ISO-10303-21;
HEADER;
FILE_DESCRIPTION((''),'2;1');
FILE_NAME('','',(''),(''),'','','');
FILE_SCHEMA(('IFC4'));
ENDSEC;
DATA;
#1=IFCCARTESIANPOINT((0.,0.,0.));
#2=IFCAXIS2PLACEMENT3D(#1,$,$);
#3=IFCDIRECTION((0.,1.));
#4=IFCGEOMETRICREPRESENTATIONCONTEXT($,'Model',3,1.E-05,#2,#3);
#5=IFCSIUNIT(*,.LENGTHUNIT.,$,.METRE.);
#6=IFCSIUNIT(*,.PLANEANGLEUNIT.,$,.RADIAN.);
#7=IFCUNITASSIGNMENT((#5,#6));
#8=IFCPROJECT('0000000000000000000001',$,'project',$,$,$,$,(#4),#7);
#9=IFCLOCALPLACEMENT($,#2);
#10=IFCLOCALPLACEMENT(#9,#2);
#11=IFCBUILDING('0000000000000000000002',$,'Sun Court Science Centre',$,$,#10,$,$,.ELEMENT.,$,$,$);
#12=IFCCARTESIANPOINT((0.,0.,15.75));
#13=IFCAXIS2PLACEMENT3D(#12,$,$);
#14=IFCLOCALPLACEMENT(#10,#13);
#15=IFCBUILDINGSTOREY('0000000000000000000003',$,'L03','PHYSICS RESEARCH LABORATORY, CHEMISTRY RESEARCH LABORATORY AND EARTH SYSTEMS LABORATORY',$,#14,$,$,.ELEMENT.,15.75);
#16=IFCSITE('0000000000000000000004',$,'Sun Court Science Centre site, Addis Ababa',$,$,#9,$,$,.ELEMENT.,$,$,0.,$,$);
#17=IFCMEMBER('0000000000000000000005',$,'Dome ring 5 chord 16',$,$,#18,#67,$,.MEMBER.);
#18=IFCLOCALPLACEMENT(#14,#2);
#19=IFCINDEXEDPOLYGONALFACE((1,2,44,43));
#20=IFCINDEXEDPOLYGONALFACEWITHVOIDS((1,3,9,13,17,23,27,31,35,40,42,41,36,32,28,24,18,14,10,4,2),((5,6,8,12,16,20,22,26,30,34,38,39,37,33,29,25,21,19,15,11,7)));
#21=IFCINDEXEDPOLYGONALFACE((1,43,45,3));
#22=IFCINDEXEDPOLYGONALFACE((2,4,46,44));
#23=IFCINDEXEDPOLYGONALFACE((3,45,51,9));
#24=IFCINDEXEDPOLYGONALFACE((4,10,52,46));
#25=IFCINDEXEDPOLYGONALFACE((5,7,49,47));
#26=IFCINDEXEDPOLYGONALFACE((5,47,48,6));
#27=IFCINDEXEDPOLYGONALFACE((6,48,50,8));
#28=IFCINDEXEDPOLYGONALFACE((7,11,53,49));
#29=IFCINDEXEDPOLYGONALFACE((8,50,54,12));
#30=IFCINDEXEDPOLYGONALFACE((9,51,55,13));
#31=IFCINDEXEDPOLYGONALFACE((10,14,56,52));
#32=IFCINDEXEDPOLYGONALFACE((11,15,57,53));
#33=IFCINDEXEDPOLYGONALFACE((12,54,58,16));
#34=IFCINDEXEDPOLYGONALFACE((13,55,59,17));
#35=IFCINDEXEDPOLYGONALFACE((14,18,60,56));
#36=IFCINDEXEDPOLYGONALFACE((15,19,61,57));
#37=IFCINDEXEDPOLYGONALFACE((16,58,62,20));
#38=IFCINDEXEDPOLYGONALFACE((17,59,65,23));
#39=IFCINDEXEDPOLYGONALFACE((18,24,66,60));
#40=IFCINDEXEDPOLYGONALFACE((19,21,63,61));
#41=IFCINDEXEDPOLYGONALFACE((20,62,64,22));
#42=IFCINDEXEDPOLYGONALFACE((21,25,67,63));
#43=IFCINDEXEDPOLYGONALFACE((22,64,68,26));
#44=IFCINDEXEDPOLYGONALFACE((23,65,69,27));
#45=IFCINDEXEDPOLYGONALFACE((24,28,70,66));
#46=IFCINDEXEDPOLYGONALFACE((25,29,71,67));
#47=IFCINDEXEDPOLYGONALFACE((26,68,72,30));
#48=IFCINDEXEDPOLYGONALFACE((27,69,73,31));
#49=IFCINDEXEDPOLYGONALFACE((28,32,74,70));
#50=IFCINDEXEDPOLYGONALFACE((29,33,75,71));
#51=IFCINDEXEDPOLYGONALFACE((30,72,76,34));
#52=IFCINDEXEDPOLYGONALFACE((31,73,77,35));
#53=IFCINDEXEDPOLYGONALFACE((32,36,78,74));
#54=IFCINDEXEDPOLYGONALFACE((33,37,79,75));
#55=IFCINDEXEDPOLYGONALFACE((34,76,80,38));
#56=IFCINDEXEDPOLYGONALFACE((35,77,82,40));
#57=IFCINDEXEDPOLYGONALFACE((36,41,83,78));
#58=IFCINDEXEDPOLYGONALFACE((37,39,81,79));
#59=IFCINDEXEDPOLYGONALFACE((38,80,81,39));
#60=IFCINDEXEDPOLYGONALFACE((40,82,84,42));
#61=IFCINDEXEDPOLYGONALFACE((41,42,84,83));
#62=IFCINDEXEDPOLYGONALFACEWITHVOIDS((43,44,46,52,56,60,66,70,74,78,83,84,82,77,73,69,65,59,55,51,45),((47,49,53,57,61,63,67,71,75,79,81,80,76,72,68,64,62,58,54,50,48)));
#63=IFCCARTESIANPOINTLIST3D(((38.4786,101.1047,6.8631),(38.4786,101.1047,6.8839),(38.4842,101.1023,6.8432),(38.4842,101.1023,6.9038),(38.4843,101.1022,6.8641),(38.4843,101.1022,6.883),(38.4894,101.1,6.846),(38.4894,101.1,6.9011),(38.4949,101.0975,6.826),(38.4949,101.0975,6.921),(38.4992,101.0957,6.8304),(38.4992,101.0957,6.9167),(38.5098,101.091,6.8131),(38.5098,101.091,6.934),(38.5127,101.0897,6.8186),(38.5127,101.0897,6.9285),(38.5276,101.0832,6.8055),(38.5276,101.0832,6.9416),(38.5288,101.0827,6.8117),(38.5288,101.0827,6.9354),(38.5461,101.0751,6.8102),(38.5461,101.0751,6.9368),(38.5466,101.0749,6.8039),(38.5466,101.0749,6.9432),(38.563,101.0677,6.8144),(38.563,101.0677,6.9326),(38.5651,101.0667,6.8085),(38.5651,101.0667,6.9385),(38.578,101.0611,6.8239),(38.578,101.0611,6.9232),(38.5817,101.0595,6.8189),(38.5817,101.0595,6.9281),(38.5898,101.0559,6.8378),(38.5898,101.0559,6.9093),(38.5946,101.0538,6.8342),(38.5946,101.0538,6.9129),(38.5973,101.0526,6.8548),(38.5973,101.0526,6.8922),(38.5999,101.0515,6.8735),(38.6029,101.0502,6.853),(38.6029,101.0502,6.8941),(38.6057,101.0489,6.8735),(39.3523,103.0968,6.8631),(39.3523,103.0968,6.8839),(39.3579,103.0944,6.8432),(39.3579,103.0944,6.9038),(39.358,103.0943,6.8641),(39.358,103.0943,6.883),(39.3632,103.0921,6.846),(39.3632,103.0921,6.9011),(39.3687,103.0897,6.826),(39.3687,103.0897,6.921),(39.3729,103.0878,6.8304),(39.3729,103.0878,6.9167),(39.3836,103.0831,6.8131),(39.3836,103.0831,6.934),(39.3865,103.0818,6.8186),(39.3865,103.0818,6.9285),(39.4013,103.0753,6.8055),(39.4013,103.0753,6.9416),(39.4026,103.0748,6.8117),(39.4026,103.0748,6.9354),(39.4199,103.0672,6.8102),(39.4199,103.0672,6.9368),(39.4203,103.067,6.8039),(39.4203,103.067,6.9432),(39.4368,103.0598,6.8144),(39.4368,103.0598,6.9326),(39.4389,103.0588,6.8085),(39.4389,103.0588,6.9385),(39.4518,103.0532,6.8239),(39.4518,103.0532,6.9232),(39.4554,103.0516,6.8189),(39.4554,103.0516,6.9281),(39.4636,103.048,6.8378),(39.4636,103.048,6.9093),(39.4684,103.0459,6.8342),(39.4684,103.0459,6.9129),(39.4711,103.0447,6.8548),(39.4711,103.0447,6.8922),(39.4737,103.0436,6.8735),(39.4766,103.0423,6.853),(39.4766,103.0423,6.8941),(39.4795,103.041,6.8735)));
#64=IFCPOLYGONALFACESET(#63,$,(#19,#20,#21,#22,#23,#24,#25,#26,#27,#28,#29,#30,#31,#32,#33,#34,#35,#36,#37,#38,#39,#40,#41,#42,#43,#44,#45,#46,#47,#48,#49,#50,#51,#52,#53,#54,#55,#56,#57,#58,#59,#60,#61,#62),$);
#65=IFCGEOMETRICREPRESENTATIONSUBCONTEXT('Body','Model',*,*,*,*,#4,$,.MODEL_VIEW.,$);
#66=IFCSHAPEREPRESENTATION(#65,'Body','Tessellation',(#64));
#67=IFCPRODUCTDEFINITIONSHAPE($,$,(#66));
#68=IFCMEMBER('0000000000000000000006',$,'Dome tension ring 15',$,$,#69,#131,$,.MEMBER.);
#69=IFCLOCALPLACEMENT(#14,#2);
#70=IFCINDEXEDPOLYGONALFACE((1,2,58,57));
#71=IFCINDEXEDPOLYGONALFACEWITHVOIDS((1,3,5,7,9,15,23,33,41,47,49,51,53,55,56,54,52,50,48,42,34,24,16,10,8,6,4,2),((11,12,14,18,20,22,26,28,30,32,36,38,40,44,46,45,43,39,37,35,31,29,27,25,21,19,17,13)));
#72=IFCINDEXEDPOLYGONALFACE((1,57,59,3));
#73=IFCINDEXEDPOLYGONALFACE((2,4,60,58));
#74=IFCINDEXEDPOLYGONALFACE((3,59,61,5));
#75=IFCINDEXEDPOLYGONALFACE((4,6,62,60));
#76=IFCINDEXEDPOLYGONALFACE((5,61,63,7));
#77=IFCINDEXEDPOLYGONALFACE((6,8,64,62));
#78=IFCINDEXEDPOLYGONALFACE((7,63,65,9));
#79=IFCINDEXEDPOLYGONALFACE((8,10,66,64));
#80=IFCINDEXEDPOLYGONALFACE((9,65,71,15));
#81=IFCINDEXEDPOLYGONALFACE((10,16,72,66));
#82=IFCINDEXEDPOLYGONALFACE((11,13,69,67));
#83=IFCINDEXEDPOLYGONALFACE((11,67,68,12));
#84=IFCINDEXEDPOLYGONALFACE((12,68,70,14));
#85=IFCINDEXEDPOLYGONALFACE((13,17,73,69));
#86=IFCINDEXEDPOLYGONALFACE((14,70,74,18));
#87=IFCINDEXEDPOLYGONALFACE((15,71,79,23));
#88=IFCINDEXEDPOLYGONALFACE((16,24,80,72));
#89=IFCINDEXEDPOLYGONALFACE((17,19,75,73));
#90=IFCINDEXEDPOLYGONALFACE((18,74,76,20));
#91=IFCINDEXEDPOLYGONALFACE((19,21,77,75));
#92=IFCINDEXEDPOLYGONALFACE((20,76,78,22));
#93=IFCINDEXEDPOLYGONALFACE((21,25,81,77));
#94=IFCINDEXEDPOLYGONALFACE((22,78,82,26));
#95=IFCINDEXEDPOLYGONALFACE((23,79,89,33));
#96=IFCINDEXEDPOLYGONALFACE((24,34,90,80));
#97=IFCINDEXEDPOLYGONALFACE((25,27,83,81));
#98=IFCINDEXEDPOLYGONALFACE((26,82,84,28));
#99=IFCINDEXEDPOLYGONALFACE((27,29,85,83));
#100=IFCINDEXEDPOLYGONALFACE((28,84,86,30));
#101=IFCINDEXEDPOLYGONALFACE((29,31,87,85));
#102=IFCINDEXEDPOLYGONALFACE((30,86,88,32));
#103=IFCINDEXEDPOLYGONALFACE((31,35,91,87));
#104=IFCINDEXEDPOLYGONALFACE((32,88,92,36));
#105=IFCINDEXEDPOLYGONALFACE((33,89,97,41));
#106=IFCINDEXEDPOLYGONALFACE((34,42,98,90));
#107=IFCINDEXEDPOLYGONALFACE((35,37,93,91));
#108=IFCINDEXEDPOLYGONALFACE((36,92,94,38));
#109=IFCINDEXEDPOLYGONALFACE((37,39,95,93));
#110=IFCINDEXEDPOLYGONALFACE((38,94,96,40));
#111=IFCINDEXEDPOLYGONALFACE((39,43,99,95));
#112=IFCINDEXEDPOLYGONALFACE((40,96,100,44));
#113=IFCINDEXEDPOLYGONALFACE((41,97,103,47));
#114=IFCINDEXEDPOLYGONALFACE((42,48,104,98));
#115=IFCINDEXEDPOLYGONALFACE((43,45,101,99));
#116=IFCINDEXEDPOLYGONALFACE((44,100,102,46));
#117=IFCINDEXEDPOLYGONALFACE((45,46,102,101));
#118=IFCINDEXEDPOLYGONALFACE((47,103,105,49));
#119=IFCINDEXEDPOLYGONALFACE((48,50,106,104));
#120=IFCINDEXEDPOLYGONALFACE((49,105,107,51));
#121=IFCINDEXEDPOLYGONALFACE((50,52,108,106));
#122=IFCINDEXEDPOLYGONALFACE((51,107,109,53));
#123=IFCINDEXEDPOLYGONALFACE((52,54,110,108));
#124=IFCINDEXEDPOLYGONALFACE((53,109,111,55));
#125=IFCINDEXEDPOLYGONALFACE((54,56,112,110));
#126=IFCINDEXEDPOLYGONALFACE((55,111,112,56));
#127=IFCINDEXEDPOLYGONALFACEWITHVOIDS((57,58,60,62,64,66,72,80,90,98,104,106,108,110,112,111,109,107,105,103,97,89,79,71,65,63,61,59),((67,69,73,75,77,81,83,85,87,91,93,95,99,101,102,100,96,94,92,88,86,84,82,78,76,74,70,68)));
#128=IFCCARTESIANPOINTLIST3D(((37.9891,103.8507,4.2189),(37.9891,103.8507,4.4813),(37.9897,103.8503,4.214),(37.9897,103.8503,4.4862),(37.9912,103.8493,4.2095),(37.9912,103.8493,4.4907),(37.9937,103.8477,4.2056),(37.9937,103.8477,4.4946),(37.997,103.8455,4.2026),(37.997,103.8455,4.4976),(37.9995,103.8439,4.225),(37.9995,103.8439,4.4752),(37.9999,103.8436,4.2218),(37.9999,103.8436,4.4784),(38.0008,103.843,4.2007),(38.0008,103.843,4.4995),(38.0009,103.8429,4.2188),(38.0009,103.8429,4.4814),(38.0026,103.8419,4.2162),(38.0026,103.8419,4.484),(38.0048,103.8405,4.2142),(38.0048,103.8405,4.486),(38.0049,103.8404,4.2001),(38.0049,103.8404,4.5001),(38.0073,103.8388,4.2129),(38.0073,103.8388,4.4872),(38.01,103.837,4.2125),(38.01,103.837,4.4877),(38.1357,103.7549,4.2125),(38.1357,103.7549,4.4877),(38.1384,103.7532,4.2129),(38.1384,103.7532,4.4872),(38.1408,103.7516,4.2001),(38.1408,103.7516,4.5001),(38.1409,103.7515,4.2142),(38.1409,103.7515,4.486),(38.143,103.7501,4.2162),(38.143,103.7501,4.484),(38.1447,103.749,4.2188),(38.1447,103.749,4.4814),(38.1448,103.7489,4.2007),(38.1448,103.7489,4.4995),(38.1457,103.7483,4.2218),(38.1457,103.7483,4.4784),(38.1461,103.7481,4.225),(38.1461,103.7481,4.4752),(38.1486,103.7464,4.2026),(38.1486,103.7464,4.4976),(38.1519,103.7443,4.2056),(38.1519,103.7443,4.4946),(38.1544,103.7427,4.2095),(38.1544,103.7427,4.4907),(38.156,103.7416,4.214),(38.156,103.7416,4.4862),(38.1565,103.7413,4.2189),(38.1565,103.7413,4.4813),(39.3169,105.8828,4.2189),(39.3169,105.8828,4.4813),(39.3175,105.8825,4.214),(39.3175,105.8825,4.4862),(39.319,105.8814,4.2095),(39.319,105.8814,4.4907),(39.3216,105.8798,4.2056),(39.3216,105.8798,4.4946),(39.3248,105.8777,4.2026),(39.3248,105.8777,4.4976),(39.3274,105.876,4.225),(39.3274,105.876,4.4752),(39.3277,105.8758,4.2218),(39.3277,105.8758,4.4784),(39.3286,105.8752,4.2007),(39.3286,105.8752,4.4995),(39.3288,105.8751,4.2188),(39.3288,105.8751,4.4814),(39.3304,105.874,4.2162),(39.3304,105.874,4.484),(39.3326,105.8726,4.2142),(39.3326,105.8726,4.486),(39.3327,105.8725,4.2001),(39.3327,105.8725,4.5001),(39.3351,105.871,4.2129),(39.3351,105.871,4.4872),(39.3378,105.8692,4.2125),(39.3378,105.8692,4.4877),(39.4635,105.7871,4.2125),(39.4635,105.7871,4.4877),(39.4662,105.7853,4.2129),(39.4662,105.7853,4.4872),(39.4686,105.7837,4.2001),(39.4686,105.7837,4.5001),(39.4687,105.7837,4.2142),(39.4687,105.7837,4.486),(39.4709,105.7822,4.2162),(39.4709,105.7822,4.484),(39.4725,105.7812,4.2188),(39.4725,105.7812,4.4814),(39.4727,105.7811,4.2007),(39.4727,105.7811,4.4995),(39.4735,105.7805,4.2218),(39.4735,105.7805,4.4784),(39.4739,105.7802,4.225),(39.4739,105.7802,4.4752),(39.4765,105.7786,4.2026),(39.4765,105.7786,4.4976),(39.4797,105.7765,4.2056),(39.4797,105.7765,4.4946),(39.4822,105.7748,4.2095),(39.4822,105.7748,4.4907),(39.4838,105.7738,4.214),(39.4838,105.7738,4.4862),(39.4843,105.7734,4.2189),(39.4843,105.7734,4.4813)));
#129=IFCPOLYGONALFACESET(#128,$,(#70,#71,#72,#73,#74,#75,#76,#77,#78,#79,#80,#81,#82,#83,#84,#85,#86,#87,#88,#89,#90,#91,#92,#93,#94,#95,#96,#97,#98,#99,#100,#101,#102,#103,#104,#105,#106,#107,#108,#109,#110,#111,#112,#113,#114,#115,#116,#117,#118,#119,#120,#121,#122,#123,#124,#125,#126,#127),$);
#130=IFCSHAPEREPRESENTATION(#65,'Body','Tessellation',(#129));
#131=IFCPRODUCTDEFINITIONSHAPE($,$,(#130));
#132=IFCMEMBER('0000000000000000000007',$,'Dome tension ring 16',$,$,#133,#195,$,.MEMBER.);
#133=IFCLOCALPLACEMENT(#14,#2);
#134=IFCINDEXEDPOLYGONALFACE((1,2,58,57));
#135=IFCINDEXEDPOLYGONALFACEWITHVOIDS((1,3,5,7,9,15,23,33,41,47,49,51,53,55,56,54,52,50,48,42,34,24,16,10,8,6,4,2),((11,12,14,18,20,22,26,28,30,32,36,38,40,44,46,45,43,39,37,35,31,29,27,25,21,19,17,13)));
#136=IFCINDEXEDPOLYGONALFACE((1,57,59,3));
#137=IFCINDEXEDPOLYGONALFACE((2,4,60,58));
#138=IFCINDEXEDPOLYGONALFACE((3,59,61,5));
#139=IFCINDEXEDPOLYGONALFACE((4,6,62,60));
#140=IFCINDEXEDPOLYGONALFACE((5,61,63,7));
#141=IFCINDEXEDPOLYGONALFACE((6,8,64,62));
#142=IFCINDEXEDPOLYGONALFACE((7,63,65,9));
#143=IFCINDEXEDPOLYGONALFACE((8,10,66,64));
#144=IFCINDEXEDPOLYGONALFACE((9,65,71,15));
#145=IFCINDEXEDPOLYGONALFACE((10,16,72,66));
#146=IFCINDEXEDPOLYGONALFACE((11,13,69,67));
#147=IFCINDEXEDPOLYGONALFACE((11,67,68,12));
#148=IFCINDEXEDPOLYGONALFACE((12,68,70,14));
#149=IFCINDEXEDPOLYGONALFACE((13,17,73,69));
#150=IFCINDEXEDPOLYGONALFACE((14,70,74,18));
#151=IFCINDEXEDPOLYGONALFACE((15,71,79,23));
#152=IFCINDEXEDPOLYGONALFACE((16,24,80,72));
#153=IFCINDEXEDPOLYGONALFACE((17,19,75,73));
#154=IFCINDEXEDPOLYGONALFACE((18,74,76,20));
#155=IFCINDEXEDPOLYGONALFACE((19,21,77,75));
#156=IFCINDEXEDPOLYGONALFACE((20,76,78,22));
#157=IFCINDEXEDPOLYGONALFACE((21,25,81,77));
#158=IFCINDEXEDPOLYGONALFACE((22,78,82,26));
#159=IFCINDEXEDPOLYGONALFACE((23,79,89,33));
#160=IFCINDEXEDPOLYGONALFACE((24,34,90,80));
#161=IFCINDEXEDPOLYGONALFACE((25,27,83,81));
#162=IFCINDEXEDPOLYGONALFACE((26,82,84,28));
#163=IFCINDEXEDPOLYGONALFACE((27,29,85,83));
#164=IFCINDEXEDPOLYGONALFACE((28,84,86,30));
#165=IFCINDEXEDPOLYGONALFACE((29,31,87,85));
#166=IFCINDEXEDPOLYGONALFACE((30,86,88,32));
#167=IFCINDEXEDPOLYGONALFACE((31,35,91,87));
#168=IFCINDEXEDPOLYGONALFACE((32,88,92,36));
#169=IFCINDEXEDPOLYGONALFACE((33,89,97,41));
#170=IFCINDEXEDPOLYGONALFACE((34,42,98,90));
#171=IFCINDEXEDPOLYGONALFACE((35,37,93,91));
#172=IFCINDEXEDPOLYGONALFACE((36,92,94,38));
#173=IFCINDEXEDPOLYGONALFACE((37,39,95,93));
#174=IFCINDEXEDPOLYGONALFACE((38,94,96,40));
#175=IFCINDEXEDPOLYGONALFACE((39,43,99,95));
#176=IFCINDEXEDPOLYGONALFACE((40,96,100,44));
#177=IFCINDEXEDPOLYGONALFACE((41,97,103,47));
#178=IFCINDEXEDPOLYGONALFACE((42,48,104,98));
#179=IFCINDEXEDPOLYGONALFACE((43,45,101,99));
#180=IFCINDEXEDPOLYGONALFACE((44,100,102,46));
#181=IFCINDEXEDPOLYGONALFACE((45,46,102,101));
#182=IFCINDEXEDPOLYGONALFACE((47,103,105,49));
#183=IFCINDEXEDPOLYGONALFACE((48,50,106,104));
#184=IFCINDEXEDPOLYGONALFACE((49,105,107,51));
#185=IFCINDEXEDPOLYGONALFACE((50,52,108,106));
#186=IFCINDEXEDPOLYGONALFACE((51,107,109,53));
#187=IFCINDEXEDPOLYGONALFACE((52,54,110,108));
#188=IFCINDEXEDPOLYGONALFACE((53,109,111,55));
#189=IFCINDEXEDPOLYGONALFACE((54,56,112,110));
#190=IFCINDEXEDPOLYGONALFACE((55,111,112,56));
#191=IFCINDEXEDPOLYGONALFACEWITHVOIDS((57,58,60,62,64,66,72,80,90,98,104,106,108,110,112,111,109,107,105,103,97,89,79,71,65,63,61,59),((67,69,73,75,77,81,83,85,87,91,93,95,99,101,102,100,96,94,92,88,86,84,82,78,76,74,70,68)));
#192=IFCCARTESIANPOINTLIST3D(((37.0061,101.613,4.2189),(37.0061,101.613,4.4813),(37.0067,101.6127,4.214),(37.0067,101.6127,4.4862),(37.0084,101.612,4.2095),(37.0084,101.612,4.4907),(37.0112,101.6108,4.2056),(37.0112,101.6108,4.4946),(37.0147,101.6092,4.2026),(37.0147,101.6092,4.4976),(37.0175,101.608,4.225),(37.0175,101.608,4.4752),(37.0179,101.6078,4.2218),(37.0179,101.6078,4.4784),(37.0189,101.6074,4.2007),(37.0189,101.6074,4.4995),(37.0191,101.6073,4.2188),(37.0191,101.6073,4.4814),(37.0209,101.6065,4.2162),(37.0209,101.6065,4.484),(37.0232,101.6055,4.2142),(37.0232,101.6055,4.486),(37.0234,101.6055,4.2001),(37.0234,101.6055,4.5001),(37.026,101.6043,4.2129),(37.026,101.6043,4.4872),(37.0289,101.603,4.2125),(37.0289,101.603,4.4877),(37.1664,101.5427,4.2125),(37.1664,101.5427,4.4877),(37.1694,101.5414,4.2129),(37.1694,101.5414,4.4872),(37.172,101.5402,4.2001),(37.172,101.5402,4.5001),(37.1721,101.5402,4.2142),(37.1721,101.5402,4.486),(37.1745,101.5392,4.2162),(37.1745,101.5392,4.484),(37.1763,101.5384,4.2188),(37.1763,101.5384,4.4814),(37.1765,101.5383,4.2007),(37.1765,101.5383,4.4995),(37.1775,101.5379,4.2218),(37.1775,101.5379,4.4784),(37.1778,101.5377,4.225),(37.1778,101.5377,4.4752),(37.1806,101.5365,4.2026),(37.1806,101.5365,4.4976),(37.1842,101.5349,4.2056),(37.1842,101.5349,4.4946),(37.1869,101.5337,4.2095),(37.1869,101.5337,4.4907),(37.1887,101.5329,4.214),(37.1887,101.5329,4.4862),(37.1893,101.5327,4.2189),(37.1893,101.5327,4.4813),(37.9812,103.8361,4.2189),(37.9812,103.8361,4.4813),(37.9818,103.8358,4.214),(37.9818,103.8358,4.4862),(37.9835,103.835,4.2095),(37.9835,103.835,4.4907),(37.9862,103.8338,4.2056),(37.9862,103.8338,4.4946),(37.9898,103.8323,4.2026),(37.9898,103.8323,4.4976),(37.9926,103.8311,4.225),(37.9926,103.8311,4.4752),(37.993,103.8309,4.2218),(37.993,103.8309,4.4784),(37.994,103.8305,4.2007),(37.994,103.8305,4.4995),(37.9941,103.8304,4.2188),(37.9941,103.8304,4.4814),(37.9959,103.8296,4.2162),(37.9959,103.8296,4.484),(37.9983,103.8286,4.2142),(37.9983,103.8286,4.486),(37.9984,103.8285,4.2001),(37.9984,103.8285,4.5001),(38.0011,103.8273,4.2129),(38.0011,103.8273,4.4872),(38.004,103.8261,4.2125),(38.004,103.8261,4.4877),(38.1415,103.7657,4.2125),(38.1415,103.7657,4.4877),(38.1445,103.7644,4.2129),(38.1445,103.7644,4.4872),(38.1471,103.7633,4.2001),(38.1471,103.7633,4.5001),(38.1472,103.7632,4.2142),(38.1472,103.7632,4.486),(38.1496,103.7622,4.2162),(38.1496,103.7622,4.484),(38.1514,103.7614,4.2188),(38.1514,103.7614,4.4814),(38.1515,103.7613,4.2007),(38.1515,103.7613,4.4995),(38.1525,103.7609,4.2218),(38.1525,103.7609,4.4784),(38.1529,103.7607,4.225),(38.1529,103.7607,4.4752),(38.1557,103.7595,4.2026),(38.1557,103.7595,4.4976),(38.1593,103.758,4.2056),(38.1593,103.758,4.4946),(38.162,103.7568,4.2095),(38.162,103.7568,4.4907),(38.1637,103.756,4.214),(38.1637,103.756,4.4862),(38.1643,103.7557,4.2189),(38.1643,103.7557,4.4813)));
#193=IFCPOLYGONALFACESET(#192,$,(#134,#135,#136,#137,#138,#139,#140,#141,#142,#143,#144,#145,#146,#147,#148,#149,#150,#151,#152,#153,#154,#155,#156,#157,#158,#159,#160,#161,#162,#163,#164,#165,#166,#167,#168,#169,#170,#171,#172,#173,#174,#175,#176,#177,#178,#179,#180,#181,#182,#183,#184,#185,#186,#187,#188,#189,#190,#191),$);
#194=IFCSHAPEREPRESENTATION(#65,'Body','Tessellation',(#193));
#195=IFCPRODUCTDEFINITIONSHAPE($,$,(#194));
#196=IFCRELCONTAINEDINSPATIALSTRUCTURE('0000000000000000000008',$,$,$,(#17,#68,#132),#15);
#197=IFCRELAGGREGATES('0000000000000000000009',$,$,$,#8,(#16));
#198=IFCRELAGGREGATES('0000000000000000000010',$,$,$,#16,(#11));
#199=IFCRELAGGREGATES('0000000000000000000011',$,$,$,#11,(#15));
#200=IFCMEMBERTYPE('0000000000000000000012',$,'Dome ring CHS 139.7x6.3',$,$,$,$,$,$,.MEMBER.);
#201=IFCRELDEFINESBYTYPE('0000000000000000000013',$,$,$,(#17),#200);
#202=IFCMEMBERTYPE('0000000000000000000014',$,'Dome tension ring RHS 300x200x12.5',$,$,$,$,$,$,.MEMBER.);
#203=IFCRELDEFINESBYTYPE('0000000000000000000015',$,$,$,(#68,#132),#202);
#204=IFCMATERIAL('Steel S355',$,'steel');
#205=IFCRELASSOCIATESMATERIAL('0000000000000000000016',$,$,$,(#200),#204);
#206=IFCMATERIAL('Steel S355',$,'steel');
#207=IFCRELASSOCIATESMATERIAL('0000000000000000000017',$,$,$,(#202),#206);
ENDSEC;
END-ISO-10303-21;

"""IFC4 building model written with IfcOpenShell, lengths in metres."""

from ifc_helpers import new_model, si_unit, direction, frame, origin, origin_2d, place, context, subcontext, project, spatial, hollow_rectangle, hollow_circle, extrude, material, material_profile, profile_set, type_object, element, save


model = new_model("IFC4")

# Units and contexts
model_context = context("Model", 3, precision=1e-05, world=origin(), true_north=direction((0.0, 1.0)))
body_context = subcontext(model_context, "Body", "Model", "MODEL_VIEW")
ifc_project = project(units=[si_unit("LENGTHUNIT", "METRE"), si_unit("PLANEANGLEUNIT", "RADIAN")], contexts=[model_context])

# Site, building, storey
site_placement = place(None, origin())
site = spatial("IfcSite", under=ifc_project, at=site_placement, Name="Sun Court Science Centre site, Addis Ababa", CompositionType="ELEMENT", RefElevation=0.0)
building_placement = place(site_placement, origin())
building = spatial("IfcBuilding", under=site, at=building_placement, Name="Sun Court Science Centre", CompositionType="ELEMENT")
storey_placement = place(building_placement, frame((0.0, 0.0, 15.75)))
storey = spatial("IfcBuildingStorey", under=building, at=storey_placement, Name="L03", Description="PHYSICS RESEARCH LABORATORY, CHEMISTRY RESEARCH LABORATORY AND EARTH SYSTEMS LABORATORY", CompositionType="ELEMENT", Elevation=15.75)

# Members
ifc_material_1 = material(Name="Steel S355", Category="steel")
ifc_material_profile_1 = material_profile(ifc_material_1, hollow_circle(Radius=0.0698, WallThickness=0.0063, at=origin_2d()), Name="CHS 139.7x6.3")
ifc_profile_set_1 = profile_set([ifc_material_profile_1], Name="Steel S355")
member_type_1 = type_object("IfcMemberType", Name="Dome ring CHS 139.7x6.3", PredefinedType="MEMBER", material=ifc_profile_set_1)
member_1_placement = place(storey_placement, frame((39.4155, 103.0691, 6.8735), z_axis=(-0.401666, -0.915786, 0.0), x_axis=(0.915786, -0.401666, 0.0)))
element("IfcMember", 1, at=member_1_placement, inside=storey, type_object=member_type_1, Name="Dome ring 5 chord 16", PredefinedType="MEMBER", context=body_context, shape_type="SweptSolid", body=[
    extrude(hollow_circle(Radius=0.0698, WallThickness=0.0063, at=origin_2d()), origin(), (0.0, 0.0, 1.0), 2.1753),
])
ifc_material_2 = material(Name="Steel S355", Category="steel")
ifc_material_profile_2 = material_profile(ifc_material_2, hollow_rectangle(XDim=0.2, YDim=0.3, WallThickness=0.0125, InnerFilletRadius=0.0125, OuterFilletRadius=0.0188, at=origin_2d()), Name="RHS 300x200x12.5")
ifc_profile_set_2 = profile_set([ifc_material_profile_2], Name="Steel S355")
member_type_2 = type_object("IfcMemberType", Name="Dome tension ring RHS 300x200x12.5", PredefinedType="MEMBER", material=ifc_profile_set_2)
for number, where, z_axis, x_axis, name in (
    (2, (39.4006, 105.8281, 4.3501), (-0.546995, -0.837136, 0.0), (0.837136, -0.546995, 0.0), "Dome tension ring 15"),
    (3, (38.0728, 103.7959, 4.3501), (-0.401673, -0.915783, 0.0), (0.915783, -0.401673, 0.0), "Dome tension ring 16"),
):
    element("IfcMember", number, at=place(storey_placement, frame(where, z_axis=z_axis, x_axis=x_axis)), inside=storey, type_object=member_type_2, Name=name, PredefinedType="MEMBER", context=body_context, shape_type="SweptSolid", body=[
        extrude(hollow_rectangle(XDim=0.2, YDim=0.3, WallThickness=0.0125, InnerFilletRadius=0.0125, OuterFilletRadius=0.0188, at=origin_2d()), origin(), (0.0, 0.0, 1.0), 2.4275),
    ])

save(model, "model.ifc")
